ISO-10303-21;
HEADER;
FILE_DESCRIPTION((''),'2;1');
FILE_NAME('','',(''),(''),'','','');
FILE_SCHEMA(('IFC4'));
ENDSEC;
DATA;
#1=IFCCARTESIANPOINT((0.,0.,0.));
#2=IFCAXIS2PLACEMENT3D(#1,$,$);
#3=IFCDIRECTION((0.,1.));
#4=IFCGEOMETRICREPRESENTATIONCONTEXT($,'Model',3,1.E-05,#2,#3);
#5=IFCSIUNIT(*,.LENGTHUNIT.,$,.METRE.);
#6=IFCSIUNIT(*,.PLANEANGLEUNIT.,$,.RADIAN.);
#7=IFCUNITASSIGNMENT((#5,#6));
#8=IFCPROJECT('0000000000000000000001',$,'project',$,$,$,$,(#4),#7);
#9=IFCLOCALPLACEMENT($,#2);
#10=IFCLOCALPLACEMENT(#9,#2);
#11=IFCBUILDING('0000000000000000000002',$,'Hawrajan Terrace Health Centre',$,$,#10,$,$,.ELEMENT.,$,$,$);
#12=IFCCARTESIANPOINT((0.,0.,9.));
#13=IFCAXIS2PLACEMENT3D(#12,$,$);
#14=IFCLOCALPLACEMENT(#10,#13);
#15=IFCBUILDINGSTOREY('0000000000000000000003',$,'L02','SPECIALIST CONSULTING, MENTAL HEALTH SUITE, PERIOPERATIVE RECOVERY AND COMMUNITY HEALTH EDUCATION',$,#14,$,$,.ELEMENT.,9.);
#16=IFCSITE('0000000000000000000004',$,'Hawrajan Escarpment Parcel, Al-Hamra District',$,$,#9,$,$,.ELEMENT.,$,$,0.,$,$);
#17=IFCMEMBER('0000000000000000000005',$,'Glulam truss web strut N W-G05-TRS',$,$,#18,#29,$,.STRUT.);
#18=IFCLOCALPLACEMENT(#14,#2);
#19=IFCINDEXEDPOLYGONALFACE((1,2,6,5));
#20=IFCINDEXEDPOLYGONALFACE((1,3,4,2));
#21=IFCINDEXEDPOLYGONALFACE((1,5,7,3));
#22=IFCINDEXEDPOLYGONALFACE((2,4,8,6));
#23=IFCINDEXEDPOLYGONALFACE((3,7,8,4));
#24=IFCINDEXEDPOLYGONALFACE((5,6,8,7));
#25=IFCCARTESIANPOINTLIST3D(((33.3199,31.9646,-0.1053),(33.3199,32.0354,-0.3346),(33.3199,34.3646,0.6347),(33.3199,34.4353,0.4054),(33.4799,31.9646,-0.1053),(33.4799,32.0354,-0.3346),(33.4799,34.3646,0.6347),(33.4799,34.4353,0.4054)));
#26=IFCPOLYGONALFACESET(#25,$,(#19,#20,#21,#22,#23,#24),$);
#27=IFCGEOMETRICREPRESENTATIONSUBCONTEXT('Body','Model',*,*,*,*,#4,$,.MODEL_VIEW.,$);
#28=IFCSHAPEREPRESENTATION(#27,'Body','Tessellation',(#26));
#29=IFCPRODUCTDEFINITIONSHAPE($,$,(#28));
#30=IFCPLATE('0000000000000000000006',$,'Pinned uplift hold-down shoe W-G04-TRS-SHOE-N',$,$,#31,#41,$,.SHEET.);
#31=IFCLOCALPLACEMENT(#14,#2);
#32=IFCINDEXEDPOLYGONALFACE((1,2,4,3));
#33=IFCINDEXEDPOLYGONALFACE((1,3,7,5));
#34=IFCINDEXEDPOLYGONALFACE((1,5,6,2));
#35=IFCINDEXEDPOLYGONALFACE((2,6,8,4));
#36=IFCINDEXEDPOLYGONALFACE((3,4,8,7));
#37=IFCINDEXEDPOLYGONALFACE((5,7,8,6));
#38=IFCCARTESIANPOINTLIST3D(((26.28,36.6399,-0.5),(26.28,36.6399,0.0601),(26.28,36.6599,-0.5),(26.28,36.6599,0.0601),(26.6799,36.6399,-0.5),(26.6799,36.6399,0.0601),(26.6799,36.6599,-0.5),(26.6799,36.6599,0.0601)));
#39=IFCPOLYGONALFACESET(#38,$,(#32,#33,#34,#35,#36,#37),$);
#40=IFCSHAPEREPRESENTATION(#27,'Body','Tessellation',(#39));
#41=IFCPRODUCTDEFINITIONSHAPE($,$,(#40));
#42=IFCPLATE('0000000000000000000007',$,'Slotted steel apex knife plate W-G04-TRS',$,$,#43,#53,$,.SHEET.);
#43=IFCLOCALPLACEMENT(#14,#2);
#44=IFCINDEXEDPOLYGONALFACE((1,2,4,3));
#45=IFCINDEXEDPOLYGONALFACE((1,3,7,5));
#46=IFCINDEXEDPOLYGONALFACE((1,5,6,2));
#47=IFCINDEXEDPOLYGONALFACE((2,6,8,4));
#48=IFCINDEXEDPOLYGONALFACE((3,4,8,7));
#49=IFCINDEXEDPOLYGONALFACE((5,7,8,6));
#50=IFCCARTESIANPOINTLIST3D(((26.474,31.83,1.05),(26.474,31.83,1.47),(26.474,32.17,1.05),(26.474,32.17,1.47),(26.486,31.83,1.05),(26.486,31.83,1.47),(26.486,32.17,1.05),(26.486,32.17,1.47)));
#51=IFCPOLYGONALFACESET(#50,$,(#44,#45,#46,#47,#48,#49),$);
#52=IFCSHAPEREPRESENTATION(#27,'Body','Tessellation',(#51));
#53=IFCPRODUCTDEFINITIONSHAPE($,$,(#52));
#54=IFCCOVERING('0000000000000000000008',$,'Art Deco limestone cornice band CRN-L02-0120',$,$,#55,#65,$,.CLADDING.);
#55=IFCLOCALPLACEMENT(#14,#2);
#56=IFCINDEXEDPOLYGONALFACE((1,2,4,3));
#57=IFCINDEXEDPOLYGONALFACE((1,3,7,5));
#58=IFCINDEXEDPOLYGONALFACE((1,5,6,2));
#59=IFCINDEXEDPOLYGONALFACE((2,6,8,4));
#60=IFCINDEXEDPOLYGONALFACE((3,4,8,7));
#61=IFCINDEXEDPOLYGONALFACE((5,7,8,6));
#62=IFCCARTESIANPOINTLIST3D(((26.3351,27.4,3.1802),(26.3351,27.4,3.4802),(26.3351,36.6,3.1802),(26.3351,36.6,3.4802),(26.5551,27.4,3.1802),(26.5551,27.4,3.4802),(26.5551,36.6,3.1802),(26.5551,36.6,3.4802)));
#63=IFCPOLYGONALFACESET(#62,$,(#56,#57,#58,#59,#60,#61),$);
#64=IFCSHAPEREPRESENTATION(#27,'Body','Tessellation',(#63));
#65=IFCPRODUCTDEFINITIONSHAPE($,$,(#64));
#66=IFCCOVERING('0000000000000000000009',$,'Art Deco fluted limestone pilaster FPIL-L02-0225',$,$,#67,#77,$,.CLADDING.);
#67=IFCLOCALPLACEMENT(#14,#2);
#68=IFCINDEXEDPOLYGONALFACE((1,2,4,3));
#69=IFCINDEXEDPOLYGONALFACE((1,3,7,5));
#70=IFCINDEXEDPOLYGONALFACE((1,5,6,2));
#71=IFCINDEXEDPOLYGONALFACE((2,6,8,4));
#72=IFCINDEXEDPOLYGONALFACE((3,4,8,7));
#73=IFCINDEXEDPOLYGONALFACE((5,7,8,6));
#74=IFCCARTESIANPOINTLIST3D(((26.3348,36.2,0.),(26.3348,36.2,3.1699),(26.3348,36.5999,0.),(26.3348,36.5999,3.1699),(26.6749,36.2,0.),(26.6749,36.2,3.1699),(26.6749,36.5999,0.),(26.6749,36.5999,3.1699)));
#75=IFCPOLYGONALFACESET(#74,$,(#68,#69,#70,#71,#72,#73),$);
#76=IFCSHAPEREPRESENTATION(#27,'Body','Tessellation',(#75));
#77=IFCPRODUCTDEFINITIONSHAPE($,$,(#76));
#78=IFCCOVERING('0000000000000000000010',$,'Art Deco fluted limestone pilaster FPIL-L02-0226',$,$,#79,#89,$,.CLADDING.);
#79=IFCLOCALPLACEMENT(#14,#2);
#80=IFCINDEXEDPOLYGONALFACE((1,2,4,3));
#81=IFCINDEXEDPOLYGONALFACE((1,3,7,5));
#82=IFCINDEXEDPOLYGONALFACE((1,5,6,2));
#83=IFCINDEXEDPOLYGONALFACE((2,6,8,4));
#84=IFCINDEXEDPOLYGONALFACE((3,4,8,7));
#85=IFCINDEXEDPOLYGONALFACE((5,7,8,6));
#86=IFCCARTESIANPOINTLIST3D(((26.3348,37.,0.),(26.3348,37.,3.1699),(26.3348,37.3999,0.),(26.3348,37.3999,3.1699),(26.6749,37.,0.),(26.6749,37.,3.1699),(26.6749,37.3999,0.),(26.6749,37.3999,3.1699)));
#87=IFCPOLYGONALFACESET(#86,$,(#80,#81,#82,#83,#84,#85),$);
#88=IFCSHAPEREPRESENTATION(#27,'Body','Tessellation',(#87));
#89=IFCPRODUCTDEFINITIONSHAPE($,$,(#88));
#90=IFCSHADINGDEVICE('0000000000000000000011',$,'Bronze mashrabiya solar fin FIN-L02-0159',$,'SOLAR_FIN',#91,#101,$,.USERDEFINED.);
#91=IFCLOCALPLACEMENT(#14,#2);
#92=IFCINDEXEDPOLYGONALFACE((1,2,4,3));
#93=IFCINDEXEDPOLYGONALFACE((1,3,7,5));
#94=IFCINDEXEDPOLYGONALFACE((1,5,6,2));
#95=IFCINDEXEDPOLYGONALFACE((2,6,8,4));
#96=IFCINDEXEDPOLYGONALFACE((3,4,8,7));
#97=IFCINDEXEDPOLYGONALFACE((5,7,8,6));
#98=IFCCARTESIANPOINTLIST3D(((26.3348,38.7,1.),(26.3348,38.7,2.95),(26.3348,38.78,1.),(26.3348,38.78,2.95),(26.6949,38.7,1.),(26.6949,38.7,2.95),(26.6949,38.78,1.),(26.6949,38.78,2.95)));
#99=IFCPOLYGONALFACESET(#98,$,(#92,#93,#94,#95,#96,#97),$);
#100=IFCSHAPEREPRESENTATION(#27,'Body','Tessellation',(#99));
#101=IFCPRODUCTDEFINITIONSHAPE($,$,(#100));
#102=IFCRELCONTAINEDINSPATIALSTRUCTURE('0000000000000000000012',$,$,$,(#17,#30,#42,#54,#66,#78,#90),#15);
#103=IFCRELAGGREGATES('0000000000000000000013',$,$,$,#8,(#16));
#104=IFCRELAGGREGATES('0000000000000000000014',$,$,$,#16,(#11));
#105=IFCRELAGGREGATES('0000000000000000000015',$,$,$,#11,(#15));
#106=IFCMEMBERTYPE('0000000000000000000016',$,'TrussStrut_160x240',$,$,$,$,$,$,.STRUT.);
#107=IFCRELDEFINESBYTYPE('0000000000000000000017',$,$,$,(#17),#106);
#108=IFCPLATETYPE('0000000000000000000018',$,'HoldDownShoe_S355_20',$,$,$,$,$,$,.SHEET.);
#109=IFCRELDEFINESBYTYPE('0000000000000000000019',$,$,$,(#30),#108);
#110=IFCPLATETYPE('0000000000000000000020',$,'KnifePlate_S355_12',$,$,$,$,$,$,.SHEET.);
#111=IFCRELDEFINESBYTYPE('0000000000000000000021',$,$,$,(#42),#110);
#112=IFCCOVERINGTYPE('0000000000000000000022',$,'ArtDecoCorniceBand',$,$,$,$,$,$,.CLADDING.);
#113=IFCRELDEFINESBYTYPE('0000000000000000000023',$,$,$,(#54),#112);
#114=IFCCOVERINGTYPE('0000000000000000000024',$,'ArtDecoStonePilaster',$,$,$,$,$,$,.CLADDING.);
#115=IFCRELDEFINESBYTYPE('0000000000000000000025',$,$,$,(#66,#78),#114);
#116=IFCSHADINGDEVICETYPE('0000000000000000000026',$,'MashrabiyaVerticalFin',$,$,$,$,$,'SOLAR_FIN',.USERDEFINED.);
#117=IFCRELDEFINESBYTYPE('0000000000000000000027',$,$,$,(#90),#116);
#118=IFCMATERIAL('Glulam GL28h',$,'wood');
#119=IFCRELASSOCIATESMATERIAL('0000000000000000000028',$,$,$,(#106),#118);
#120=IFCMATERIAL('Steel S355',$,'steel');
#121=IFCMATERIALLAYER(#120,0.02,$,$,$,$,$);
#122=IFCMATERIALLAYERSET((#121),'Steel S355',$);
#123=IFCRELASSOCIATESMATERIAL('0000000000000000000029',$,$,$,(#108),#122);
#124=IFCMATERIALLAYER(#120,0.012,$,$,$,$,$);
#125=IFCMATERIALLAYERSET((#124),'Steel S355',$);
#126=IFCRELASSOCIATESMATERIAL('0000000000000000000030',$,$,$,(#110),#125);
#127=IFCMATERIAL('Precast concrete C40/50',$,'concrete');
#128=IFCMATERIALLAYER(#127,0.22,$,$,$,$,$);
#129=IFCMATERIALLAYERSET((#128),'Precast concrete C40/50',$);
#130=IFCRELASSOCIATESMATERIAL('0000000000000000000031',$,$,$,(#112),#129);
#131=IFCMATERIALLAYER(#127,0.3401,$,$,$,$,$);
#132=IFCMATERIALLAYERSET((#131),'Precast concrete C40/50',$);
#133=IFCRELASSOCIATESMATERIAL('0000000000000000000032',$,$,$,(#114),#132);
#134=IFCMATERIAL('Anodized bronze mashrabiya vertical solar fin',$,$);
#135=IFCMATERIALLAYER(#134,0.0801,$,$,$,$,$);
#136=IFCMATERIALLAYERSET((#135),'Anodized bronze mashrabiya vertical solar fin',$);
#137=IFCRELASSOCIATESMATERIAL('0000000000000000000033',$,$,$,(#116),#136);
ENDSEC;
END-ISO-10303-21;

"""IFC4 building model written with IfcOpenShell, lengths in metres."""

from ifc_helpers import new_model, si_unit, direction, frame, origin, origin_2d, place, context, subcontext, project, spatial, rectangle, extrude, material, layer, layer_set, material_profile, profile_set, type_object, element, save


model = new_model("IFC4")

# Units and contexts
model_context = context("Model", 3, precision=1e-05, world=origin(), true_north=direction((0.0, 1.0)))
body_context = subcontext(model_context, "Body", "Model", "MODEL_VIEW")
ifc_project = project(units=[si_unit("LENGTHUNIT", "METRE"), si_unit("PLANEANGLEUNIT", "RADIAN")], contexts=[model_context])

# Site, building, storey
site_placement = place(None, origin())
site = spatial("IfcSite", under=ifc_project, at=site_placement, Name="Hawrajan Escarpment Parcel, Al-Hamra District", CompositionType="ELEMENT", RefElevation=0.0)
building_placement = place(site_placement, origin())
building = spatial("IfcBuilding", under=site, at=building_placement, Name="Hawrajan Terrace Health Centre", CompositionType="ELEMENT")
storey_placement = place(building_placement, frame((0.0, 0.0, 9.0)))
storey = spatial("IfcBuildingStorey", under=building, at=storey_placement, Name="L02", Description="SPECIALIST CONSULTING, MENTAL HEALTH SUITE, PERIOPERATIVE RECOVERY AND COMMUNITY HEALTH EDUCATION", CompositionType="ELEMENT", Elevation=9.0)

# Shared definitions
ifc_material_1 = material(Name="Glulam GL28h", Category="wood")

# Shared definitions
ifc_material_2 = material(Name="Steel S355", Category="steel")

# Member
ifc_material_profile_1 = material_profile(ifc_material_1, rectangle(XDim=0.1599, YDim=0.24, at=origin_2d()), Name="GL WEB 160x240")
ifc_profile_set_1 = profile_set([ifc_material_profile_1], Name="Glulam GL28h")
member_type_1 = type_object("IfcMemberType", Name="TrussStrut_160x240", PredefinedType="STRUT", material=ifc_profile_set_1)
for number, where, z_axis, x_axis, name in (
    (1, (33.3999, 32.0, -0.22), (0.0, 0.955604, 0.294653), (-1.0, 0.0, 0.0), "Glulam truss web strut N W-G05-TRS"),
):
    element("IfcMember", number, at=place(storey_placement, frame(where, z_axis=z_axis, x_axis=x_axis)), inside=storey, type_object=member_type_1, Name=name, PredefinedType="STRUT", context=body_context, shape_type="SweptSolid", body=[
        extrude(rectangle(XDim=0.1599, YDim=0.24, at=origin_2d()), origin(), (0.0, 0.0, 1.0), 2.5115),
    ])

# Plates
ifc_layer_1 = layer(ifc_material_2, 0.02)
ifc_layer_set_1 = layer_set([ifc_layer_1], Name="Steel S355")
plate_type_1 = type_object("IfcPlateType", Name="HoldDownShoe_S355_20", PredefinedType="SHEET", material=ifc_layer_set_1)
plate_1_placement = place(storey_placement, frame((26.48, 36.6499, -0.5), z_axis=(0.0, 0.0, 1.0), x_axis=(1.0, 0.0, 0.0)))
element("IfcPlate", 2, at=plate_1_placement, inside=storey, type_object=plate_type_1, Name="Pinned uplift hold-down shoe W-G04-TRS-SHOE-N", PredefinedType="SHEET", context=body_context, shape_type="SweptSolid", body=[
    extrude(rectangle(XDim=0.3999, YDim=0.02, at=origin_2d()), origin(), (0.0, 0.0, 1.0), 0.5601),
])
ifc_layer_2 = layer(ifc_material_2, 0.012)
ifc_layer_set_2 = layer_set([ifc_layer_2], Name="Steel S355")
plate_type_2 = type_object("IfcPlateType", Name="KnifePlate_S355_12", PredefinedType="SHEET", material=ifc_layer_set_2)
plate_2_placement = place(storey_placement, frame((26.48, 32.0, 1.05), z_axis=(0.0, 0.0, 1.0), x_axis=(1.0, 0.0, 0.0)))
element("IfcPlate", 3, at=plate_2_placement, inside=storey, type_object=plate_type_2, Name="Slotted steel apex knife plate W-G04-TRS", PredefinedType="SHEET", context=body_context, shape_type="SweptSolid", body=[
    extrude(rectangle(XDim=0.012, YDim=0.3401, at=origin_2d()), origin(), (0.0, 0.0, 1.0), 0.4199),
])

# Coverings
ifc_material_3 = material(Name="Precast concrete C40/50", Category="concrete")
ifc_layer_3 = layer(ifc_material_3, 0.22)
ifc_layer_set_3 = layer_set([ifc_layer_3], Name="Precast concrete C40/50")
covering_type_1 = type_object("IfcCoveringType", Name="ArtDecoCorniceBand", PredefinedType="CLADDING", material=ifc_layer_set_3)
covering_placement = place(storey_placement, frame((26.4451, 32.0, 3.1802), z_axis=(0.0, 0.0, 1.0), x_axis=(0.0, 1.0, 0.0)))
element("IfcCovering", 4, at=covering_placement, inside=storey, type_object=covering_type_1, Name="Art Deco limestone cornice band CRN-L02-0120", PredefinedType="CLADDING", context=body_context, shape_type="SweptSolid", body=[
    extrude(rectangle(XDim=9.2, YDim=0.22, at=origin_2d()), origin(), (0.0, 0.0, 1.0), 0.3),
])
ifc_layer_4 = layer(ifc_material_3, 0.3401)
ifc_layer_set_4 = layer_set([ifc_layer_4], Name="Precast concrete C40/50")
covering_type_2 = type_object("IfcCoveringType", Name="ArtDecoStonePilaster", PredefinedType="CLADDING", material=ifc_layer_set_4)
for number, where, z_axis, x_axis, name in (
    (5, (26.5049, 36.3999, 0.0), (0.0, 0.0, 1.0), (0.0, 1.0, 0.0), "Art Deco fluted limestone pilaster FPIL-L02-0225"),
    (6, (26.5049, 37.2, 0.0), (0.0, 0.0, 1.0), (0.0, 1.0, 0.0), "Art Deco fluted limestone pilaster FPIL-L02-0226"),
):
    element("IfcCovering", number, at=place(storey_placement, frame(where, z_axis=z_axis, x_axis=x_axis)), inside=storey, type_object=covering_type_2, Name=name, PredefinedType="CLADDING", context=body_context, shape_type="SweptSolid", body=[
        extrude(rectangle(XDim=0.3999, YDim=0.3401, at=origin_2d()), origin(), (0.0, 0.0, 1.0), 3.1699),
    ])

# Shading device
ifc_material_4 = material(Name="Anodized bronze mashrabiya vertical solar fin")
ifc_layer_5 = layer(ifc_material_4, 0.0801)
ifc_layer_set_5 = layer_set([ifc_layer_5], Name="Anodized bronze mashrabiya vertical solar fin")
shading_device_type = type_object("IfcShadingDeviceType", Name="MashrabiyaVerticalFin", ElementType="SOLAR_FIN", PredefinedType="USERDEFINED", material=ifc_layer_set_5)
shading_device_placement = place(storey_placement, frame((26.5149, 38.74, 1.0), z_axis=(0.0, 0.0, 1.0), x_axis=(0.0, 1.0, 0.0)))
element("IfcShadingDevice", 7, at=shading_device_placement, inside=storey, type_object=shading_device_type, Name="Bronze mashrabiya solar fin FIN-L02-0159", ObjectType="SOLAR_FIN", PredefinedType="USERDEFINED", context=body_context, shape_type="SweptSolid", body=[
    extrude(rectangle(XDim=0.0801, YDim=0.3601, at=origin_2d()), origin(), (0.0, 0.0, 1.0), 1.95),
])

save(model, "model.ifc")
